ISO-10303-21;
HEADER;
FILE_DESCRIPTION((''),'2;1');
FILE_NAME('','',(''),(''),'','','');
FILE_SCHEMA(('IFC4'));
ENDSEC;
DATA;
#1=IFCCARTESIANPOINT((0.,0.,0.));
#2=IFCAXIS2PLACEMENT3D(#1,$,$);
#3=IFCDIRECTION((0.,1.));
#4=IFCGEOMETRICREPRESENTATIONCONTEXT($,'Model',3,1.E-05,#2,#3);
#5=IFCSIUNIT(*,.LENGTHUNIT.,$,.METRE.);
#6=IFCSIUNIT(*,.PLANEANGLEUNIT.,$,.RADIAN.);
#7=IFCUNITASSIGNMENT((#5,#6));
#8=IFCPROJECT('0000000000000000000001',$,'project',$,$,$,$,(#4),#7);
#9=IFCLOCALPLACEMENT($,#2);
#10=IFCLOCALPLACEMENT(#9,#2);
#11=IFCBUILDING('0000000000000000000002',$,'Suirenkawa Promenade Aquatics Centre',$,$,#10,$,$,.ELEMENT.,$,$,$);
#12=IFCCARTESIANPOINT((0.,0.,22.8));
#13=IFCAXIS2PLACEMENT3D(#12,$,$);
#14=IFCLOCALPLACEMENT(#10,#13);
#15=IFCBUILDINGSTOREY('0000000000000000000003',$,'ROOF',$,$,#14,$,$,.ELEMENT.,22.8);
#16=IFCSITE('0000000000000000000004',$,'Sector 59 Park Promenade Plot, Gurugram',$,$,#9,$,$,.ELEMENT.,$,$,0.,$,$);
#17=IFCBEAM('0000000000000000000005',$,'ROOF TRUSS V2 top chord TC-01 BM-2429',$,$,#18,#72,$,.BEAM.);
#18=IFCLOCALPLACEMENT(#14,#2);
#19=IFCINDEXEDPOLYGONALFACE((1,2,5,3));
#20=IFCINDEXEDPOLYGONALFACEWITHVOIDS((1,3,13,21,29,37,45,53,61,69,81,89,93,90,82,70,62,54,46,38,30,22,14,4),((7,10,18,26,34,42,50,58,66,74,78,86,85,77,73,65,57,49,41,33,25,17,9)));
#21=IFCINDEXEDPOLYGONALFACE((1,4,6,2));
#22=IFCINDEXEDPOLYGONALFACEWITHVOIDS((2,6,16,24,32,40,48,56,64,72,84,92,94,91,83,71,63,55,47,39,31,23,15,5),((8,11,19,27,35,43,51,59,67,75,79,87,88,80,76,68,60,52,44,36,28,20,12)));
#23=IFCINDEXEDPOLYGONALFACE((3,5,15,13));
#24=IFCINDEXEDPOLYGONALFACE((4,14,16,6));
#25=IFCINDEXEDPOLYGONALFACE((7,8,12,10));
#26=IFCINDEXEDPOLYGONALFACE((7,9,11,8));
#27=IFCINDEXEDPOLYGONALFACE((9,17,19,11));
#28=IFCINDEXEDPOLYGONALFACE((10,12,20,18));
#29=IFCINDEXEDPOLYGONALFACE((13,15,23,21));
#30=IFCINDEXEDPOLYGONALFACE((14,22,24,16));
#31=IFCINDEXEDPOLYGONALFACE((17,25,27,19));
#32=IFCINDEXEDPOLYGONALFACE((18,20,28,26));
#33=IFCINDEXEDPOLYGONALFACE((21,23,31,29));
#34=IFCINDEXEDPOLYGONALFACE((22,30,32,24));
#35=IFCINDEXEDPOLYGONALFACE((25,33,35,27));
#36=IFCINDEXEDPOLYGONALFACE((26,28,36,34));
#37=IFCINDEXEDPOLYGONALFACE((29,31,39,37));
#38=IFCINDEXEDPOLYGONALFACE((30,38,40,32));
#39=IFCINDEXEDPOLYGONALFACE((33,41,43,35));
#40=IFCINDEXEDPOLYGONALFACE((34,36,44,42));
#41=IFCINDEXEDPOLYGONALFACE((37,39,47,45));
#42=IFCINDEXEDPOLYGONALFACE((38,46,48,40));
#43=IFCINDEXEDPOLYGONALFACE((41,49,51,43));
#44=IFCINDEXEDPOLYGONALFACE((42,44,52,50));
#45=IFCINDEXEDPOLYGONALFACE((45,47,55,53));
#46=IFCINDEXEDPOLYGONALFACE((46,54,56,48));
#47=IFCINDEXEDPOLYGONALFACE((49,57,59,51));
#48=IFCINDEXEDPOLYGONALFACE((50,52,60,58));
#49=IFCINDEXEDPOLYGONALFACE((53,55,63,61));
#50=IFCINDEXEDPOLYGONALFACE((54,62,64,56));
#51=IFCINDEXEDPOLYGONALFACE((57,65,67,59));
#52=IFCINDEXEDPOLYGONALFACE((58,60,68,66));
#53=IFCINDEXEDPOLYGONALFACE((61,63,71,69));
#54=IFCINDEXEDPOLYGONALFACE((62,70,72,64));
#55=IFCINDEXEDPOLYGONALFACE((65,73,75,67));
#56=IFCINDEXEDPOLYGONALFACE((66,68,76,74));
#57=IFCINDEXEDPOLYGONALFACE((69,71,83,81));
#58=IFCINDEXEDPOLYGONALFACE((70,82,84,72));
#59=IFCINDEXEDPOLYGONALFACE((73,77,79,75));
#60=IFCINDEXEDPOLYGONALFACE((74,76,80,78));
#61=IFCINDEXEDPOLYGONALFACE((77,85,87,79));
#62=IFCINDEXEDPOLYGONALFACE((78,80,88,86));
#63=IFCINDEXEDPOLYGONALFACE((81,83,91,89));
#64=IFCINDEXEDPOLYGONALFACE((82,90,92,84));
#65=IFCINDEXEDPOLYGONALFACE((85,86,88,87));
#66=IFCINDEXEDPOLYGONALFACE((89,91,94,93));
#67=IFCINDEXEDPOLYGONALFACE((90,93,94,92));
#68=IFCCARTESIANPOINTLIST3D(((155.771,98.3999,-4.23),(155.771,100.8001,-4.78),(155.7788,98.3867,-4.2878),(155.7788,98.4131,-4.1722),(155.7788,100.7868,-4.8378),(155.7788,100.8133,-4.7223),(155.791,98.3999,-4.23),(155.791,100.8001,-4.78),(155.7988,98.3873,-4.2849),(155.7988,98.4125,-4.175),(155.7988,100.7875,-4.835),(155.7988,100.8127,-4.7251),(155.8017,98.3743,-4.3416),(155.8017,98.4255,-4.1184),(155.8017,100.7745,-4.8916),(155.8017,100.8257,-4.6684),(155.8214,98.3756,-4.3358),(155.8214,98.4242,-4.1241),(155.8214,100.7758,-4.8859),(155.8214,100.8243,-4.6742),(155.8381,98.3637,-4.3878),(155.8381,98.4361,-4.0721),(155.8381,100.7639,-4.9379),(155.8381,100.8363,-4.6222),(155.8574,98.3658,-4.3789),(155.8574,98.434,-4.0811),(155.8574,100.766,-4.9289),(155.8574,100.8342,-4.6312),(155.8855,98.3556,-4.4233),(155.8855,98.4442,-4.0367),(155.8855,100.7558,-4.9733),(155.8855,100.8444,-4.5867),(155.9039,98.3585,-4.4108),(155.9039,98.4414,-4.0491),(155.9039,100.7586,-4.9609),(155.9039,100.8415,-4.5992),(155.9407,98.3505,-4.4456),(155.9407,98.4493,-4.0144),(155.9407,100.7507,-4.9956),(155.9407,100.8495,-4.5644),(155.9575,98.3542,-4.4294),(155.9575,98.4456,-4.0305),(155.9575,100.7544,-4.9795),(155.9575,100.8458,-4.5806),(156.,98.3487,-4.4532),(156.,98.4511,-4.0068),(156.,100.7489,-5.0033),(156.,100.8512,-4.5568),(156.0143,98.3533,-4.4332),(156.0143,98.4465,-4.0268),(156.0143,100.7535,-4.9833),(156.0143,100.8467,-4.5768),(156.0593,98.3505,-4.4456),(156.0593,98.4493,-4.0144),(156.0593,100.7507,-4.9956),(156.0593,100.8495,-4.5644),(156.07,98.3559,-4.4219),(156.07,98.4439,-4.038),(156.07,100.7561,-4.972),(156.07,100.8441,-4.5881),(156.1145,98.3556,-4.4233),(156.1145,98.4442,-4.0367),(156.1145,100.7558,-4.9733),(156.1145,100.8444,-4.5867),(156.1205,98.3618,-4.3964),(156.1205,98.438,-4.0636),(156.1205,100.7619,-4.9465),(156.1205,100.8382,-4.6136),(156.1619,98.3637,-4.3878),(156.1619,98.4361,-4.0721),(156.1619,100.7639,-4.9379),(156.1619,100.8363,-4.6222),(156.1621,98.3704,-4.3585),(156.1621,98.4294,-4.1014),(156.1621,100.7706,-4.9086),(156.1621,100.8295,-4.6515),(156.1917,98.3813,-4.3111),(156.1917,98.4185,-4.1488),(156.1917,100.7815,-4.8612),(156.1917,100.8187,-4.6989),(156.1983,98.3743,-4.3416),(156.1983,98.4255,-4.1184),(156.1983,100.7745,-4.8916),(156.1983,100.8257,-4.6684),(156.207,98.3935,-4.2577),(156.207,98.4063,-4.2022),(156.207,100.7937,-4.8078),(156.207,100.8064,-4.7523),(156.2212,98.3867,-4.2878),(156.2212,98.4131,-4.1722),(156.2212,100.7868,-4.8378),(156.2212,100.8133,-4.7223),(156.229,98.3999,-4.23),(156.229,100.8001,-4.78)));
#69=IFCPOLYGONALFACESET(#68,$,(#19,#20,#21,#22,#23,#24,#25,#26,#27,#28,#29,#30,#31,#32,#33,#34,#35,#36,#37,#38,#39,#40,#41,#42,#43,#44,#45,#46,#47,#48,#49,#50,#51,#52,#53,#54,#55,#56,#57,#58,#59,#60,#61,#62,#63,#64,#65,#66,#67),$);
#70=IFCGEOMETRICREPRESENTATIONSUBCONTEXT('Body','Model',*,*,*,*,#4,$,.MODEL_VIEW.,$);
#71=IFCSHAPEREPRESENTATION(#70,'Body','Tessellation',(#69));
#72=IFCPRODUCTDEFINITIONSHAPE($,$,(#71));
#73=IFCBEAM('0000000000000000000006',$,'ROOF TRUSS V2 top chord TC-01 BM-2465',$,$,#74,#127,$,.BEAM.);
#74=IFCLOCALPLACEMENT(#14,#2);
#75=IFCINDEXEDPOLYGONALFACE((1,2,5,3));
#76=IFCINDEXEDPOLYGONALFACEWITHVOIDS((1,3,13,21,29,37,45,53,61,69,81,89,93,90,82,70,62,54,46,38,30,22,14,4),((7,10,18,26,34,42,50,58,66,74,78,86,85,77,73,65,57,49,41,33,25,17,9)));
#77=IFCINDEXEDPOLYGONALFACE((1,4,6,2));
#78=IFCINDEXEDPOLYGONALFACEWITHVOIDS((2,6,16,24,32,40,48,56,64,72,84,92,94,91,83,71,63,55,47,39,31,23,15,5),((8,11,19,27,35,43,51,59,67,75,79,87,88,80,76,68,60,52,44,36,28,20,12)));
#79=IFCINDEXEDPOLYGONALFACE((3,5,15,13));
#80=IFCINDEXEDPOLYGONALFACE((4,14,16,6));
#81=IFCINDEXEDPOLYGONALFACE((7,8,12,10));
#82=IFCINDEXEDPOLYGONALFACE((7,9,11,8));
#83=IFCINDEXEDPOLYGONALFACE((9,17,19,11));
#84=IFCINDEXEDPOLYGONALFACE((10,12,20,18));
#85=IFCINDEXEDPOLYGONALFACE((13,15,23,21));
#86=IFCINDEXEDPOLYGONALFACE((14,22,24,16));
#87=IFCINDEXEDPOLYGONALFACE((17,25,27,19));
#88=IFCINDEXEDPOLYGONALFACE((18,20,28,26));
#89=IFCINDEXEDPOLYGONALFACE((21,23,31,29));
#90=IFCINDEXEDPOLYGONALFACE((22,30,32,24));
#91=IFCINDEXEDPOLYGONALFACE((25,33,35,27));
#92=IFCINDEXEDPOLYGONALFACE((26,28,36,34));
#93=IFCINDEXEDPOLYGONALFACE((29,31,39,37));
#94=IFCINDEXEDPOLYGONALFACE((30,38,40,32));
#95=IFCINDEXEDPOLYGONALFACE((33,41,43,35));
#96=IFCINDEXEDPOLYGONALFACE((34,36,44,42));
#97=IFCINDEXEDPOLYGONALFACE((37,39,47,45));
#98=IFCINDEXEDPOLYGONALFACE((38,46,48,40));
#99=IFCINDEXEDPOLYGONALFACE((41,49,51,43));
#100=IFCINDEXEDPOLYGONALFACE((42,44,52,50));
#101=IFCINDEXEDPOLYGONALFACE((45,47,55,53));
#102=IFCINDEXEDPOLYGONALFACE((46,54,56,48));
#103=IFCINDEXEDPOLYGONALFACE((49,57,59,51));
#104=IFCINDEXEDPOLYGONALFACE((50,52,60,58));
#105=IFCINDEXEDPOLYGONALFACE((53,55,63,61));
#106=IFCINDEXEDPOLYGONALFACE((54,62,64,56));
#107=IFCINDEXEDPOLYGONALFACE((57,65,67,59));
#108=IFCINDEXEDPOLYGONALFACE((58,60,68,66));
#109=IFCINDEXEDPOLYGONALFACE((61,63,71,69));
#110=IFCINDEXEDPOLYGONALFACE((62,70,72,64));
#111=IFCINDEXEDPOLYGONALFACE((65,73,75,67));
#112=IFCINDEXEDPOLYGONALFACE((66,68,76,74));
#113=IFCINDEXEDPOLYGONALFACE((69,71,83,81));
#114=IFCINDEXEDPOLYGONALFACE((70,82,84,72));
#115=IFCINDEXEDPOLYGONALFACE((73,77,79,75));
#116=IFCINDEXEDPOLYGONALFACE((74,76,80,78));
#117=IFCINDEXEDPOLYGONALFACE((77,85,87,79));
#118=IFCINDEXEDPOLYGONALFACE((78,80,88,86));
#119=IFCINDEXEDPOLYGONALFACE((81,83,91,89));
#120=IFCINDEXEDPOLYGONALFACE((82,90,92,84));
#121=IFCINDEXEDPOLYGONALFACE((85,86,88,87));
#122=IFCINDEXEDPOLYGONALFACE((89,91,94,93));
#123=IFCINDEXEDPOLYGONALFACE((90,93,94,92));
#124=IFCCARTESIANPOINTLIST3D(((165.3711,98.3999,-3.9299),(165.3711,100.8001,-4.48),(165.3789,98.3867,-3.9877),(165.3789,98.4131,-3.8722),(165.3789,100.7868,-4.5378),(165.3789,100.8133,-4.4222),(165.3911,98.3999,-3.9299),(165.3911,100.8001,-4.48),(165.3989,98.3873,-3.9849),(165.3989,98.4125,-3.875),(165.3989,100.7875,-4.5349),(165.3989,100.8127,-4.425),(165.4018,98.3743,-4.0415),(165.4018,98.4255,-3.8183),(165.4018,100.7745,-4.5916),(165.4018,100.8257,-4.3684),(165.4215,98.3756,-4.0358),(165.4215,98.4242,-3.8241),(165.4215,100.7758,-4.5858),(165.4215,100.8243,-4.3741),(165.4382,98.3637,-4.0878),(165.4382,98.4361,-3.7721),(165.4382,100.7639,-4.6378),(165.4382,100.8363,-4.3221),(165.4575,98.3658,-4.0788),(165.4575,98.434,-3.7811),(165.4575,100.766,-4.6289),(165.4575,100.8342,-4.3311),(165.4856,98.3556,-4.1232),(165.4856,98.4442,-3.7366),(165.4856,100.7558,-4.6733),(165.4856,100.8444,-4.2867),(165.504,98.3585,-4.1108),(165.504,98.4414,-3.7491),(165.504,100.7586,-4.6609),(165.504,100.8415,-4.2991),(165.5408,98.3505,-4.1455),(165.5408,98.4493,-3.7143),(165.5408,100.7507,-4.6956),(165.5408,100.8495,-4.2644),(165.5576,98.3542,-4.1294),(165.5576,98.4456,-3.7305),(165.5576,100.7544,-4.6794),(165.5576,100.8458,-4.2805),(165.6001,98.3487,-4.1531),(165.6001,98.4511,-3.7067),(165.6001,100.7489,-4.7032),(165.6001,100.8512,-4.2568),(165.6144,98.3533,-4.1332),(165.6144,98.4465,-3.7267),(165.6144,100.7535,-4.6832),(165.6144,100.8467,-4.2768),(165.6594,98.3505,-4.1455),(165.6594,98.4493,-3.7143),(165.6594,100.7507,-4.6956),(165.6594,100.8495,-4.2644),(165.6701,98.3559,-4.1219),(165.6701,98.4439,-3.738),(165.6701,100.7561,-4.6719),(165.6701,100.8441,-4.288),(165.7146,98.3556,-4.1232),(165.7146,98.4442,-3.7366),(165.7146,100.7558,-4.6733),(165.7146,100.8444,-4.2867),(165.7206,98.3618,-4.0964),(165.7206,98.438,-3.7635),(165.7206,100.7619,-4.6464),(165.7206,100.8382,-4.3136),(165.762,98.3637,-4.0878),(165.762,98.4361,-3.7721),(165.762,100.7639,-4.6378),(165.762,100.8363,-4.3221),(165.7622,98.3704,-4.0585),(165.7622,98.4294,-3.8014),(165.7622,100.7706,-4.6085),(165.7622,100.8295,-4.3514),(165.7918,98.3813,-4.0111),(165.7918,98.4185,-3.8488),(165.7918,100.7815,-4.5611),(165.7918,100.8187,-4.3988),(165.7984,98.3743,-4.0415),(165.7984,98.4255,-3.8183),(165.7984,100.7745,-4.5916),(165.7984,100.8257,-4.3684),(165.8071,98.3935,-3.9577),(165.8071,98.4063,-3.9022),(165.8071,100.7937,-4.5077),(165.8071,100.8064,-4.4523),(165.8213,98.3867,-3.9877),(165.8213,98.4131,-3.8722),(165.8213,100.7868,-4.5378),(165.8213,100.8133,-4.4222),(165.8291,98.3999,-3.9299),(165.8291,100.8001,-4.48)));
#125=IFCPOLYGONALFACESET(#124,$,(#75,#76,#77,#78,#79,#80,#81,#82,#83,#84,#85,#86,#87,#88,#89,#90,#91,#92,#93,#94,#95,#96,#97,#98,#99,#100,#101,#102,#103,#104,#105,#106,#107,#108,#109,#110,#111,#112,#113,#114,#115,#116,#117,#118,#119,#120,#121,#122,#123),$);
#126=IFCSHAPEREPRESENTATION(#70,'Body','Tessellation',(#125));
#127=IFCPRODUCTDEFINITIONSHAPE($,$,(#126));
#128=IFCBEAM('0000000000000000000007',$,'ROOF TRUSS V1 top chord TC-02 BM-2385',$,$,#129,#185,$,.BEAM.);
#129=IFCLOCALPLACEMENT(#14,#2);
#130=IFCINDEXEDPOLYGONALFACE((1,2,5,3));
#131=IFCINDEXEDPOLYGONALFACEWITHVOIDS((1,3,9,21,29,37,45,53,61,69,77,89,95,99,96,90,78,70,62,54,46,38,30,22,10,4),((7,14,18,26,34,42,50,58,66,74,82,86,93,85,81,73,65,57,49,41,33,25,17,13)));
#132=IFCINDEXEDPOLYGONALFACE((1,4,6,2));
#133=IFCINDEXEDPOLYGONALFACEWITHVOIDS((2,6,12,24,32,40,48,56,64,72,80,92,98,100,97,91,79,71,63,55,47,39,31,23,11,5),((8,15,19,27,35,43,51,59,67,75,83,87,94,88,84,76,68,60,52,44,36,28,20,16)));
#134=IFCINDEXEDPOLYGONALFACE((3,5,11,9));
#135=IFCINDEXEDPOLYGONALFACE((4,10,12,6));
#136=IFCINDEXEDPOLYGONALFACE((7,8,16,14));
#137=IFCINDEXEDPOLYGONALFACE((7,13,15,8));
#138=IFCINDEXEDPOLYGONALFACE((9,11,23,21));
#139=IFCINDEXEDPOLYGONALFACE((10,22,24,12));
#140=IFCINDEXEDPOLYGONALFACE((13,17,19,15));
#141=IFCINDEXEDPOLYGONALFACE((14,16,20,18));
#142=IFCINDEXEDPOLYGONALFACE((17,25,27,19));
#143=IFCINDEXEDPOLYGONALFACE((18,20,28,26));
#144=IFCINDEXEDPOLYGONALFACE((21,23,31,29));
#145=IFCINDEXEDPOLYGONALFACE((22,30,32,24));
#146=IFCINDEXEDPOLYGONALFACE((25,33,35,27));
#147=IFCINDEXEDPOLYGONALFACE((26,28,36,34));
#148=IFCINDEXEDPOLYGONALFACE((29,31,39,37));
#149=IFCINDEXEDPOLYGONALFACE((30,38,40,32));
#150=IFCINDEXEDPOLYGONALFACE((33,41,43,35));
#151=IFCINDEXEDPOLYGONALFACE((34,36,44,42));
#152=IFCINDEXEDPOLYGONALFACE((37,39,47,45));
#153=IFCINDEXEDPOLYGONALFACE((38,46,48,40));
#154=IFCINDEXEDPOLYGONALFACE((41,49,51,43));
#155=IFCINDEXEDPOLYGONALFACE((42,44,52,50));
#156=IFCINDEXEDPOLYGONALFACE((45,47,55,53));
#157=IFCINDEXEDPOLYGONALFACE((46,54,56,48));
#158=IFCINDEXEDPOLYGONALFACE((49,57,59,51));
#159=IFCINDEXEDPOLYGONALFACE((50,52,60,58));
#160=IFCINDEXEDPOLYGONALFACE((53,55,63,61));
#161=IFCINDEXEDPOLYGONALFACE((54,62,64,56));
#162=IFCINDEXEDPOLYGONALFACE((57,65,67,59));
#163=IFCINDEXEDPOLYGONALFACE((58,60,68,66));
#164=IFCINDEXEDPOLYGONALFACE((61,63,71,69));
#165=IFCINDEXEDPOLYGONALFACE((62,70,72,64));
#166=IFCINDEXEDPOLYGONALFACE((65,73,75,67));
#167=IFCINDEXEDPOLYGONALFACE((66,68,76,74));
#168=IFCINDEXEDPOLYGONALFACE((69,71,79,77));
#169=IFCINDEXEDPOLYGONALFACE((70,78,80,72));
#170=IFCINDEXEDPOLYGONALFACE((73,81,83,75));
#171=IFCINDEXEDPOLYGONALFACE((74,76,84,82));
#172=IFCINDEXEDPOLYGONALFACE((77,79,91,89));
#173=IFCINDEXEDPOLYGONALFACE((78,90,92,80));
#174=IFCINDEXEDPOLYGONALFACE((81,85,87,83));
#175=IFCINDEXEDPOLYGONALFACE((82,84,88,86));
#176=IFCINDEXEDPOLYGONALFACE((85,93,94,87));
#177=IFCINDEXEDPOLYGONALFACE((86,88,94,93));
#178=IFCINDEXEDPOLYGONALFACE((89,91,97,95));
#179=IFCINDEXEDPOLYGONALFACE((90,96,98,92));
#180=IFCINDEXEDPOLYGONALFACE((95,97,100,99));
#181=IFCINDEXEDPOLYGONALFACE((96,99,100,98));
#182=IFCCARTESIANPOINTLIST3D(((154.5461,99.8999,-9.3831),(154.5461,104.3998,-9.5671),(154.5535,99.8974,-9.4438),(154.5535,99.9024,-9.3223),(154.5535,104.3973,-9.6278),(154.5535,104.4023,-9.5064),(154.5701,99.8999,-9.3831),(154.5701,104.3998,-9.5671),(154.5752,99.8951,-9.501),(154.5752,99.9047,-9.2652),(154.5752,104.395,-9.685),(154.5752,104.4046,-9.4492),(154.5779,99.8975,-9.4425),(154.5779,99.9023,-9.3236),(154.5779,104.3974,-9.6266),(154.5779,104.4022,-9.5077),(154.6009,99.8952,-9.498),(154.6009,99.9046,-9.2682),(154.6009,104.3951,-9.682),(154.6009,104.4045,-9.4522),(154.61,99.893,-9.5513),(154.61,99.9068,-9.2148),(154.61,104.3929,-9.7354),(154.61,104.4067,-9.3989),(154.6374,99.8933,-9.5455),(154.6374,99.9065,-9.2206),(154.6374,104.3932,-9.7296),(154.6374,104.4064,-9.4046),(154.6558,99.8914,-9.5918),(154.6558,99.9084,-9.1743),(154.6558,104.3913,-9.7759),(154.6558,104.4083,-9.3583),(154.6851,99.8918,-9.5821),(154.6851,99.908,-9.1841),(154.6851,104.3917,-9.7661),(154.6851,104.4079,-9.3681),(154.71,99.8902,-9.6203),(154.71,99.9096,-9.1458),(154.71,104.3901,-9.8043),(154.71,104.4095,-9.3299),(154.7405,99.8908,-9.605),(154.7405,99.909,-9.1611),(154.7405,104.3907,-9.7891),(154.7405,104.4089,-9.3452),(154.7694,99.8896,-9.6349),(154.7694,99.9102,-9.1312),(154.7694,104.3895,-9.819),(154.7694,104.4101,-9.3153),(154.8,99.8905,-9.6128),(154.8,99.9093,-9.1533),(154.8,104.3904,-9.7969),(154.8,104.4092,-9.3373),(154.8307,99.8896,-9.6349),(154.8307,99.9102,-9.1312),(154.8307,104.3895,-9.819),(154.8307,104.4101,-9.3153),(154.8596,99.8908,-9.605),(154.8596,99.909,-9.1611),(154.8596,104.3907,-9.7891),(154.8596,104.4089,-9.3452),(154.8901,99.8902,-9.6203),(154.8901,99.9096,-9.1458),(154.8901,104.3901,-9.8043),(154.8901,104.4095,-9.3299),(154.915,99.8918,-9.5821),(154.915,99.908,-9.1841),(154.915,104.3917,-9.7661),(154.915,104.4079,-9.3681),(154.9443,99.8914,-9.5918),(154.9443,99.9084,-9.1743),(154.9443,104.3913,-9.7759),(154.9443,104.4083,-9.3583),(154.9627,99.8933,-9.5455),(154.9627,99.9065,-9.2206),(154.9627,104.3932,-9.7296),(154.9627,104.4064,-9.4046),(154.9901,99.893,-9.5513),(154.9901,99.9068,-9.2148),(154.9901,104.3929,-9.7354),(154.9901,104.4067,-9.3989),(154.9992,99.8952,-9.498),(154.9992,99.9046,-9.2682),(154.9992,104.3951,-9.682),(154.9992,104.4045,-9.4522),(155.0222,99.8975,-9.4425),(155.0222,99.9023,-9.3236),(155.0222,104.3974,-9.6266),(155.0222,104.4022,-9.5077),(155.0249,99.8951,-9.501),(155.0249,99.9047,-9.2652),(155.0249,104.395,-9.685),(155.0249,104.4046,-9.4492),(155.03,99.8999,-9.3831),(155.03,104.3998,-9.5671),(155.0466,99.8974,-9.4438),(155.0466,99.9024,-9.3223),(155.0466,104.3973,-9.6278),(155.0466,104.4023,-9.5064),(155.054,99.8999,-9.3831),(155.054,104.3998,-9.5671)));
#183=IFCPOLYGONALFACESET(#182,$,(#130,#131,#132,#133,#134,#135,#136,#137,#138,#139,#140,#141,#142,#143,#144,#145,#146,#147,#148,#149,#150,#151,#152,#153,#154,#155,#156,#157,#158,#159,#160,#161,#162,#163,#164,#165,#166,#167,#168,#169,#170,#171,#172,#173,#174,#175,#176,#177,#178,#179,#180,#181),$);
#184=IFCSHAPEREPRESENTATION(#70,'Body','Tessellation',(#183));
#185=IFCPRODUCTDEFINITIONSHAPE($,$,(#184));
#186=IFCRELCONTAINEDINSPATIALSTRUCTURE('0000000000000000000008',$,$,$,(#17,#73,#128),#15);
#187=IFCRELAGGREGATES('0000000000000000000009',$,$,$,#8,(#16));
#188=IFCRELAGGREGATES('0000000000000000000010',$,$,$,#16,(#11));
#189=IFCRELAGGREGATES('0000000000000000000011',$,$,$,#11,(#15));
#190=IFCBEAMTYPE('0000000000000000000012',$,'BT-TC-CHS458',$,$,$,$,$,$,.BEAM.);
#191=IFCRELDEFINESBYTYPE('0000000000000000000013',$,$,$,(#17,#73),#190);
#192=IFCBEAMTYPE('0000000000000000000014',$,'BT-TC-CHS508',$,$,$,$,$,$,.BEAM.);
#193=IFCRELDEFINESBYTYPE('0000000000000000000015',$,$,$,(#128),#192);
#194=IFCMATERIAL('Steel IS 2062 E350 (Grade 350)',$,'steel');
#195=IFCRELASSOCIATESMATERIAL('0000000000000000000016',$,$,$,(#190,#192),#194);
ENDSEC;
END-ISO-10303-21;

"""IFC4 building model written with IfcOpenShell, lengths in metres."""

from ifc_helpers import new_model, si_unit, direction, frame, origin, origin_2d, place, context, subcontext, project, spatial, hollow_circle, extrude, material, material_profile, profile_set, type_object, element, save


model = new_model("IFC4")

# Units and contexts
model_context = context("Model", 3, precision=1e-05, world=origin(), true_north=direction((0.0, 1.0)))
body_context = subcontext(model_context, "Body", "Model", "MODEL_VIEW")
ifc_project = project(units=[si_unit("LENGTHUNIT", "METRE"), si_unit("PLANEANGLEUNIT", "RADIAN")], contexts=[model_context])

# Site, building, storey
site_placement = place(None, origin())
site = spatial("IfcSite", under=ifc_project, at=site_placement, Name="Sector 59 Park Promenade Plot, Gurugram", CompositionType="ELEMENT", RefElevation=0.0)
building_placement = place(site_placement, origin())
building = spatial("IfcBuilding", under=site, at=building_placement, Name="Suirenkawa Promenade Aquatics Centre", CompositionType="ELEMENT")
storey_placement = place(building_placement, frame((0.0, 0.0, 22.8)))
storey = spatial("IfcBuildingStorey", under=building, at=storey_placement, Name="ROOF", CompositionType="ELEMENT", Elevation=22.8)

# Beams
ifc_material = material(Name="Steel IS 2062 E350 (Grade 350)", Category="steel")
ifc_material_profile_1 = material_profile(ifc_material, hollow_circle(Radius=0.229, WallThickness=0.02, at=origin_2d()), Name="CHS 458x20", Category="steel")
ifc_profile_set_1 = profile_set([ifc_material_profile_1], Name="Steel IS 2062 E350 (Grade 350)")
beam_type_1 = type_object("IfcBeamType", Name="BT-TC-CHS458", PredefinedType="BEAM", material=ifc_profile_set_1)
for number, where, z_axis, x_axis, name in (
    (1, (156.0, 98.3999, -4.23), (0.0, 0.974731, -0.223382), (-1.0, 0.0, 0.0), "ROOF TRUSS V2 top chord TC-01 BM-2429"),
    (2, (165.6001, 98.3999, -3.9299), (0.0, 0.974731, -0.223382), (-1.0, 0.0, 0.0), "ROOF TRUSS V2 top chord TC-01 BM-2465"),
):
    element("IfcBeam", number, at=place(storey_placement, frame(where, z_axis=z_axis, x_axis=x_axis)), inside=storey, type_object=beam_type_1, Name=name, PredefinedType="BEAM", context=body_context, shape_type="SweptSolid", body=[
        extrude(hollow_circle(Radius=0.229, WallThickness=0.02, at=origin_2d()), origin(), (0.0, 0.0, 1.0), 2.4624),
    ])
ifc_material_profile_2 = material_profile(ifc_material, hollow_circle(Radius=0.2539, WallThickness=0.0239, at=origin_2d()), Name="CHS 508x24", Category="steel")
ifc_profile_set_2 = profile_set([ifc_material_profile_2], Name="Steel IS 2062 E350 (Grade 350)")
beam_type_2 = type_object("IfcBeamType", Name="BT-TC-CHS508", PredefinedType="BEAM", material=ifc_profile_set_2)
beam_1_placement = place(storey_placement, frame((154.8, 99.8999, -9.3831), z_axis=(0.0, 0.999164, -0.040873), x_axis=(-1.0, 0.0, 0.0)))
element("IfcBeam", 3, at=beam_1_placement, inside=storey, type_object=beam_type_2, Name="ROOF TRUSS V1 top chord TC-02 BM-2385", PredefinedType="BEAM", context=body_context, shape_type="SweptSolid", body=[
    extrude(hollow_circle(Radius=0.2539, WallThickness=0.0239, at=origin_2d()), origin(), (0.0, 0.0, 1.0), 4.5037),
])

save(model, "model.ifc")
